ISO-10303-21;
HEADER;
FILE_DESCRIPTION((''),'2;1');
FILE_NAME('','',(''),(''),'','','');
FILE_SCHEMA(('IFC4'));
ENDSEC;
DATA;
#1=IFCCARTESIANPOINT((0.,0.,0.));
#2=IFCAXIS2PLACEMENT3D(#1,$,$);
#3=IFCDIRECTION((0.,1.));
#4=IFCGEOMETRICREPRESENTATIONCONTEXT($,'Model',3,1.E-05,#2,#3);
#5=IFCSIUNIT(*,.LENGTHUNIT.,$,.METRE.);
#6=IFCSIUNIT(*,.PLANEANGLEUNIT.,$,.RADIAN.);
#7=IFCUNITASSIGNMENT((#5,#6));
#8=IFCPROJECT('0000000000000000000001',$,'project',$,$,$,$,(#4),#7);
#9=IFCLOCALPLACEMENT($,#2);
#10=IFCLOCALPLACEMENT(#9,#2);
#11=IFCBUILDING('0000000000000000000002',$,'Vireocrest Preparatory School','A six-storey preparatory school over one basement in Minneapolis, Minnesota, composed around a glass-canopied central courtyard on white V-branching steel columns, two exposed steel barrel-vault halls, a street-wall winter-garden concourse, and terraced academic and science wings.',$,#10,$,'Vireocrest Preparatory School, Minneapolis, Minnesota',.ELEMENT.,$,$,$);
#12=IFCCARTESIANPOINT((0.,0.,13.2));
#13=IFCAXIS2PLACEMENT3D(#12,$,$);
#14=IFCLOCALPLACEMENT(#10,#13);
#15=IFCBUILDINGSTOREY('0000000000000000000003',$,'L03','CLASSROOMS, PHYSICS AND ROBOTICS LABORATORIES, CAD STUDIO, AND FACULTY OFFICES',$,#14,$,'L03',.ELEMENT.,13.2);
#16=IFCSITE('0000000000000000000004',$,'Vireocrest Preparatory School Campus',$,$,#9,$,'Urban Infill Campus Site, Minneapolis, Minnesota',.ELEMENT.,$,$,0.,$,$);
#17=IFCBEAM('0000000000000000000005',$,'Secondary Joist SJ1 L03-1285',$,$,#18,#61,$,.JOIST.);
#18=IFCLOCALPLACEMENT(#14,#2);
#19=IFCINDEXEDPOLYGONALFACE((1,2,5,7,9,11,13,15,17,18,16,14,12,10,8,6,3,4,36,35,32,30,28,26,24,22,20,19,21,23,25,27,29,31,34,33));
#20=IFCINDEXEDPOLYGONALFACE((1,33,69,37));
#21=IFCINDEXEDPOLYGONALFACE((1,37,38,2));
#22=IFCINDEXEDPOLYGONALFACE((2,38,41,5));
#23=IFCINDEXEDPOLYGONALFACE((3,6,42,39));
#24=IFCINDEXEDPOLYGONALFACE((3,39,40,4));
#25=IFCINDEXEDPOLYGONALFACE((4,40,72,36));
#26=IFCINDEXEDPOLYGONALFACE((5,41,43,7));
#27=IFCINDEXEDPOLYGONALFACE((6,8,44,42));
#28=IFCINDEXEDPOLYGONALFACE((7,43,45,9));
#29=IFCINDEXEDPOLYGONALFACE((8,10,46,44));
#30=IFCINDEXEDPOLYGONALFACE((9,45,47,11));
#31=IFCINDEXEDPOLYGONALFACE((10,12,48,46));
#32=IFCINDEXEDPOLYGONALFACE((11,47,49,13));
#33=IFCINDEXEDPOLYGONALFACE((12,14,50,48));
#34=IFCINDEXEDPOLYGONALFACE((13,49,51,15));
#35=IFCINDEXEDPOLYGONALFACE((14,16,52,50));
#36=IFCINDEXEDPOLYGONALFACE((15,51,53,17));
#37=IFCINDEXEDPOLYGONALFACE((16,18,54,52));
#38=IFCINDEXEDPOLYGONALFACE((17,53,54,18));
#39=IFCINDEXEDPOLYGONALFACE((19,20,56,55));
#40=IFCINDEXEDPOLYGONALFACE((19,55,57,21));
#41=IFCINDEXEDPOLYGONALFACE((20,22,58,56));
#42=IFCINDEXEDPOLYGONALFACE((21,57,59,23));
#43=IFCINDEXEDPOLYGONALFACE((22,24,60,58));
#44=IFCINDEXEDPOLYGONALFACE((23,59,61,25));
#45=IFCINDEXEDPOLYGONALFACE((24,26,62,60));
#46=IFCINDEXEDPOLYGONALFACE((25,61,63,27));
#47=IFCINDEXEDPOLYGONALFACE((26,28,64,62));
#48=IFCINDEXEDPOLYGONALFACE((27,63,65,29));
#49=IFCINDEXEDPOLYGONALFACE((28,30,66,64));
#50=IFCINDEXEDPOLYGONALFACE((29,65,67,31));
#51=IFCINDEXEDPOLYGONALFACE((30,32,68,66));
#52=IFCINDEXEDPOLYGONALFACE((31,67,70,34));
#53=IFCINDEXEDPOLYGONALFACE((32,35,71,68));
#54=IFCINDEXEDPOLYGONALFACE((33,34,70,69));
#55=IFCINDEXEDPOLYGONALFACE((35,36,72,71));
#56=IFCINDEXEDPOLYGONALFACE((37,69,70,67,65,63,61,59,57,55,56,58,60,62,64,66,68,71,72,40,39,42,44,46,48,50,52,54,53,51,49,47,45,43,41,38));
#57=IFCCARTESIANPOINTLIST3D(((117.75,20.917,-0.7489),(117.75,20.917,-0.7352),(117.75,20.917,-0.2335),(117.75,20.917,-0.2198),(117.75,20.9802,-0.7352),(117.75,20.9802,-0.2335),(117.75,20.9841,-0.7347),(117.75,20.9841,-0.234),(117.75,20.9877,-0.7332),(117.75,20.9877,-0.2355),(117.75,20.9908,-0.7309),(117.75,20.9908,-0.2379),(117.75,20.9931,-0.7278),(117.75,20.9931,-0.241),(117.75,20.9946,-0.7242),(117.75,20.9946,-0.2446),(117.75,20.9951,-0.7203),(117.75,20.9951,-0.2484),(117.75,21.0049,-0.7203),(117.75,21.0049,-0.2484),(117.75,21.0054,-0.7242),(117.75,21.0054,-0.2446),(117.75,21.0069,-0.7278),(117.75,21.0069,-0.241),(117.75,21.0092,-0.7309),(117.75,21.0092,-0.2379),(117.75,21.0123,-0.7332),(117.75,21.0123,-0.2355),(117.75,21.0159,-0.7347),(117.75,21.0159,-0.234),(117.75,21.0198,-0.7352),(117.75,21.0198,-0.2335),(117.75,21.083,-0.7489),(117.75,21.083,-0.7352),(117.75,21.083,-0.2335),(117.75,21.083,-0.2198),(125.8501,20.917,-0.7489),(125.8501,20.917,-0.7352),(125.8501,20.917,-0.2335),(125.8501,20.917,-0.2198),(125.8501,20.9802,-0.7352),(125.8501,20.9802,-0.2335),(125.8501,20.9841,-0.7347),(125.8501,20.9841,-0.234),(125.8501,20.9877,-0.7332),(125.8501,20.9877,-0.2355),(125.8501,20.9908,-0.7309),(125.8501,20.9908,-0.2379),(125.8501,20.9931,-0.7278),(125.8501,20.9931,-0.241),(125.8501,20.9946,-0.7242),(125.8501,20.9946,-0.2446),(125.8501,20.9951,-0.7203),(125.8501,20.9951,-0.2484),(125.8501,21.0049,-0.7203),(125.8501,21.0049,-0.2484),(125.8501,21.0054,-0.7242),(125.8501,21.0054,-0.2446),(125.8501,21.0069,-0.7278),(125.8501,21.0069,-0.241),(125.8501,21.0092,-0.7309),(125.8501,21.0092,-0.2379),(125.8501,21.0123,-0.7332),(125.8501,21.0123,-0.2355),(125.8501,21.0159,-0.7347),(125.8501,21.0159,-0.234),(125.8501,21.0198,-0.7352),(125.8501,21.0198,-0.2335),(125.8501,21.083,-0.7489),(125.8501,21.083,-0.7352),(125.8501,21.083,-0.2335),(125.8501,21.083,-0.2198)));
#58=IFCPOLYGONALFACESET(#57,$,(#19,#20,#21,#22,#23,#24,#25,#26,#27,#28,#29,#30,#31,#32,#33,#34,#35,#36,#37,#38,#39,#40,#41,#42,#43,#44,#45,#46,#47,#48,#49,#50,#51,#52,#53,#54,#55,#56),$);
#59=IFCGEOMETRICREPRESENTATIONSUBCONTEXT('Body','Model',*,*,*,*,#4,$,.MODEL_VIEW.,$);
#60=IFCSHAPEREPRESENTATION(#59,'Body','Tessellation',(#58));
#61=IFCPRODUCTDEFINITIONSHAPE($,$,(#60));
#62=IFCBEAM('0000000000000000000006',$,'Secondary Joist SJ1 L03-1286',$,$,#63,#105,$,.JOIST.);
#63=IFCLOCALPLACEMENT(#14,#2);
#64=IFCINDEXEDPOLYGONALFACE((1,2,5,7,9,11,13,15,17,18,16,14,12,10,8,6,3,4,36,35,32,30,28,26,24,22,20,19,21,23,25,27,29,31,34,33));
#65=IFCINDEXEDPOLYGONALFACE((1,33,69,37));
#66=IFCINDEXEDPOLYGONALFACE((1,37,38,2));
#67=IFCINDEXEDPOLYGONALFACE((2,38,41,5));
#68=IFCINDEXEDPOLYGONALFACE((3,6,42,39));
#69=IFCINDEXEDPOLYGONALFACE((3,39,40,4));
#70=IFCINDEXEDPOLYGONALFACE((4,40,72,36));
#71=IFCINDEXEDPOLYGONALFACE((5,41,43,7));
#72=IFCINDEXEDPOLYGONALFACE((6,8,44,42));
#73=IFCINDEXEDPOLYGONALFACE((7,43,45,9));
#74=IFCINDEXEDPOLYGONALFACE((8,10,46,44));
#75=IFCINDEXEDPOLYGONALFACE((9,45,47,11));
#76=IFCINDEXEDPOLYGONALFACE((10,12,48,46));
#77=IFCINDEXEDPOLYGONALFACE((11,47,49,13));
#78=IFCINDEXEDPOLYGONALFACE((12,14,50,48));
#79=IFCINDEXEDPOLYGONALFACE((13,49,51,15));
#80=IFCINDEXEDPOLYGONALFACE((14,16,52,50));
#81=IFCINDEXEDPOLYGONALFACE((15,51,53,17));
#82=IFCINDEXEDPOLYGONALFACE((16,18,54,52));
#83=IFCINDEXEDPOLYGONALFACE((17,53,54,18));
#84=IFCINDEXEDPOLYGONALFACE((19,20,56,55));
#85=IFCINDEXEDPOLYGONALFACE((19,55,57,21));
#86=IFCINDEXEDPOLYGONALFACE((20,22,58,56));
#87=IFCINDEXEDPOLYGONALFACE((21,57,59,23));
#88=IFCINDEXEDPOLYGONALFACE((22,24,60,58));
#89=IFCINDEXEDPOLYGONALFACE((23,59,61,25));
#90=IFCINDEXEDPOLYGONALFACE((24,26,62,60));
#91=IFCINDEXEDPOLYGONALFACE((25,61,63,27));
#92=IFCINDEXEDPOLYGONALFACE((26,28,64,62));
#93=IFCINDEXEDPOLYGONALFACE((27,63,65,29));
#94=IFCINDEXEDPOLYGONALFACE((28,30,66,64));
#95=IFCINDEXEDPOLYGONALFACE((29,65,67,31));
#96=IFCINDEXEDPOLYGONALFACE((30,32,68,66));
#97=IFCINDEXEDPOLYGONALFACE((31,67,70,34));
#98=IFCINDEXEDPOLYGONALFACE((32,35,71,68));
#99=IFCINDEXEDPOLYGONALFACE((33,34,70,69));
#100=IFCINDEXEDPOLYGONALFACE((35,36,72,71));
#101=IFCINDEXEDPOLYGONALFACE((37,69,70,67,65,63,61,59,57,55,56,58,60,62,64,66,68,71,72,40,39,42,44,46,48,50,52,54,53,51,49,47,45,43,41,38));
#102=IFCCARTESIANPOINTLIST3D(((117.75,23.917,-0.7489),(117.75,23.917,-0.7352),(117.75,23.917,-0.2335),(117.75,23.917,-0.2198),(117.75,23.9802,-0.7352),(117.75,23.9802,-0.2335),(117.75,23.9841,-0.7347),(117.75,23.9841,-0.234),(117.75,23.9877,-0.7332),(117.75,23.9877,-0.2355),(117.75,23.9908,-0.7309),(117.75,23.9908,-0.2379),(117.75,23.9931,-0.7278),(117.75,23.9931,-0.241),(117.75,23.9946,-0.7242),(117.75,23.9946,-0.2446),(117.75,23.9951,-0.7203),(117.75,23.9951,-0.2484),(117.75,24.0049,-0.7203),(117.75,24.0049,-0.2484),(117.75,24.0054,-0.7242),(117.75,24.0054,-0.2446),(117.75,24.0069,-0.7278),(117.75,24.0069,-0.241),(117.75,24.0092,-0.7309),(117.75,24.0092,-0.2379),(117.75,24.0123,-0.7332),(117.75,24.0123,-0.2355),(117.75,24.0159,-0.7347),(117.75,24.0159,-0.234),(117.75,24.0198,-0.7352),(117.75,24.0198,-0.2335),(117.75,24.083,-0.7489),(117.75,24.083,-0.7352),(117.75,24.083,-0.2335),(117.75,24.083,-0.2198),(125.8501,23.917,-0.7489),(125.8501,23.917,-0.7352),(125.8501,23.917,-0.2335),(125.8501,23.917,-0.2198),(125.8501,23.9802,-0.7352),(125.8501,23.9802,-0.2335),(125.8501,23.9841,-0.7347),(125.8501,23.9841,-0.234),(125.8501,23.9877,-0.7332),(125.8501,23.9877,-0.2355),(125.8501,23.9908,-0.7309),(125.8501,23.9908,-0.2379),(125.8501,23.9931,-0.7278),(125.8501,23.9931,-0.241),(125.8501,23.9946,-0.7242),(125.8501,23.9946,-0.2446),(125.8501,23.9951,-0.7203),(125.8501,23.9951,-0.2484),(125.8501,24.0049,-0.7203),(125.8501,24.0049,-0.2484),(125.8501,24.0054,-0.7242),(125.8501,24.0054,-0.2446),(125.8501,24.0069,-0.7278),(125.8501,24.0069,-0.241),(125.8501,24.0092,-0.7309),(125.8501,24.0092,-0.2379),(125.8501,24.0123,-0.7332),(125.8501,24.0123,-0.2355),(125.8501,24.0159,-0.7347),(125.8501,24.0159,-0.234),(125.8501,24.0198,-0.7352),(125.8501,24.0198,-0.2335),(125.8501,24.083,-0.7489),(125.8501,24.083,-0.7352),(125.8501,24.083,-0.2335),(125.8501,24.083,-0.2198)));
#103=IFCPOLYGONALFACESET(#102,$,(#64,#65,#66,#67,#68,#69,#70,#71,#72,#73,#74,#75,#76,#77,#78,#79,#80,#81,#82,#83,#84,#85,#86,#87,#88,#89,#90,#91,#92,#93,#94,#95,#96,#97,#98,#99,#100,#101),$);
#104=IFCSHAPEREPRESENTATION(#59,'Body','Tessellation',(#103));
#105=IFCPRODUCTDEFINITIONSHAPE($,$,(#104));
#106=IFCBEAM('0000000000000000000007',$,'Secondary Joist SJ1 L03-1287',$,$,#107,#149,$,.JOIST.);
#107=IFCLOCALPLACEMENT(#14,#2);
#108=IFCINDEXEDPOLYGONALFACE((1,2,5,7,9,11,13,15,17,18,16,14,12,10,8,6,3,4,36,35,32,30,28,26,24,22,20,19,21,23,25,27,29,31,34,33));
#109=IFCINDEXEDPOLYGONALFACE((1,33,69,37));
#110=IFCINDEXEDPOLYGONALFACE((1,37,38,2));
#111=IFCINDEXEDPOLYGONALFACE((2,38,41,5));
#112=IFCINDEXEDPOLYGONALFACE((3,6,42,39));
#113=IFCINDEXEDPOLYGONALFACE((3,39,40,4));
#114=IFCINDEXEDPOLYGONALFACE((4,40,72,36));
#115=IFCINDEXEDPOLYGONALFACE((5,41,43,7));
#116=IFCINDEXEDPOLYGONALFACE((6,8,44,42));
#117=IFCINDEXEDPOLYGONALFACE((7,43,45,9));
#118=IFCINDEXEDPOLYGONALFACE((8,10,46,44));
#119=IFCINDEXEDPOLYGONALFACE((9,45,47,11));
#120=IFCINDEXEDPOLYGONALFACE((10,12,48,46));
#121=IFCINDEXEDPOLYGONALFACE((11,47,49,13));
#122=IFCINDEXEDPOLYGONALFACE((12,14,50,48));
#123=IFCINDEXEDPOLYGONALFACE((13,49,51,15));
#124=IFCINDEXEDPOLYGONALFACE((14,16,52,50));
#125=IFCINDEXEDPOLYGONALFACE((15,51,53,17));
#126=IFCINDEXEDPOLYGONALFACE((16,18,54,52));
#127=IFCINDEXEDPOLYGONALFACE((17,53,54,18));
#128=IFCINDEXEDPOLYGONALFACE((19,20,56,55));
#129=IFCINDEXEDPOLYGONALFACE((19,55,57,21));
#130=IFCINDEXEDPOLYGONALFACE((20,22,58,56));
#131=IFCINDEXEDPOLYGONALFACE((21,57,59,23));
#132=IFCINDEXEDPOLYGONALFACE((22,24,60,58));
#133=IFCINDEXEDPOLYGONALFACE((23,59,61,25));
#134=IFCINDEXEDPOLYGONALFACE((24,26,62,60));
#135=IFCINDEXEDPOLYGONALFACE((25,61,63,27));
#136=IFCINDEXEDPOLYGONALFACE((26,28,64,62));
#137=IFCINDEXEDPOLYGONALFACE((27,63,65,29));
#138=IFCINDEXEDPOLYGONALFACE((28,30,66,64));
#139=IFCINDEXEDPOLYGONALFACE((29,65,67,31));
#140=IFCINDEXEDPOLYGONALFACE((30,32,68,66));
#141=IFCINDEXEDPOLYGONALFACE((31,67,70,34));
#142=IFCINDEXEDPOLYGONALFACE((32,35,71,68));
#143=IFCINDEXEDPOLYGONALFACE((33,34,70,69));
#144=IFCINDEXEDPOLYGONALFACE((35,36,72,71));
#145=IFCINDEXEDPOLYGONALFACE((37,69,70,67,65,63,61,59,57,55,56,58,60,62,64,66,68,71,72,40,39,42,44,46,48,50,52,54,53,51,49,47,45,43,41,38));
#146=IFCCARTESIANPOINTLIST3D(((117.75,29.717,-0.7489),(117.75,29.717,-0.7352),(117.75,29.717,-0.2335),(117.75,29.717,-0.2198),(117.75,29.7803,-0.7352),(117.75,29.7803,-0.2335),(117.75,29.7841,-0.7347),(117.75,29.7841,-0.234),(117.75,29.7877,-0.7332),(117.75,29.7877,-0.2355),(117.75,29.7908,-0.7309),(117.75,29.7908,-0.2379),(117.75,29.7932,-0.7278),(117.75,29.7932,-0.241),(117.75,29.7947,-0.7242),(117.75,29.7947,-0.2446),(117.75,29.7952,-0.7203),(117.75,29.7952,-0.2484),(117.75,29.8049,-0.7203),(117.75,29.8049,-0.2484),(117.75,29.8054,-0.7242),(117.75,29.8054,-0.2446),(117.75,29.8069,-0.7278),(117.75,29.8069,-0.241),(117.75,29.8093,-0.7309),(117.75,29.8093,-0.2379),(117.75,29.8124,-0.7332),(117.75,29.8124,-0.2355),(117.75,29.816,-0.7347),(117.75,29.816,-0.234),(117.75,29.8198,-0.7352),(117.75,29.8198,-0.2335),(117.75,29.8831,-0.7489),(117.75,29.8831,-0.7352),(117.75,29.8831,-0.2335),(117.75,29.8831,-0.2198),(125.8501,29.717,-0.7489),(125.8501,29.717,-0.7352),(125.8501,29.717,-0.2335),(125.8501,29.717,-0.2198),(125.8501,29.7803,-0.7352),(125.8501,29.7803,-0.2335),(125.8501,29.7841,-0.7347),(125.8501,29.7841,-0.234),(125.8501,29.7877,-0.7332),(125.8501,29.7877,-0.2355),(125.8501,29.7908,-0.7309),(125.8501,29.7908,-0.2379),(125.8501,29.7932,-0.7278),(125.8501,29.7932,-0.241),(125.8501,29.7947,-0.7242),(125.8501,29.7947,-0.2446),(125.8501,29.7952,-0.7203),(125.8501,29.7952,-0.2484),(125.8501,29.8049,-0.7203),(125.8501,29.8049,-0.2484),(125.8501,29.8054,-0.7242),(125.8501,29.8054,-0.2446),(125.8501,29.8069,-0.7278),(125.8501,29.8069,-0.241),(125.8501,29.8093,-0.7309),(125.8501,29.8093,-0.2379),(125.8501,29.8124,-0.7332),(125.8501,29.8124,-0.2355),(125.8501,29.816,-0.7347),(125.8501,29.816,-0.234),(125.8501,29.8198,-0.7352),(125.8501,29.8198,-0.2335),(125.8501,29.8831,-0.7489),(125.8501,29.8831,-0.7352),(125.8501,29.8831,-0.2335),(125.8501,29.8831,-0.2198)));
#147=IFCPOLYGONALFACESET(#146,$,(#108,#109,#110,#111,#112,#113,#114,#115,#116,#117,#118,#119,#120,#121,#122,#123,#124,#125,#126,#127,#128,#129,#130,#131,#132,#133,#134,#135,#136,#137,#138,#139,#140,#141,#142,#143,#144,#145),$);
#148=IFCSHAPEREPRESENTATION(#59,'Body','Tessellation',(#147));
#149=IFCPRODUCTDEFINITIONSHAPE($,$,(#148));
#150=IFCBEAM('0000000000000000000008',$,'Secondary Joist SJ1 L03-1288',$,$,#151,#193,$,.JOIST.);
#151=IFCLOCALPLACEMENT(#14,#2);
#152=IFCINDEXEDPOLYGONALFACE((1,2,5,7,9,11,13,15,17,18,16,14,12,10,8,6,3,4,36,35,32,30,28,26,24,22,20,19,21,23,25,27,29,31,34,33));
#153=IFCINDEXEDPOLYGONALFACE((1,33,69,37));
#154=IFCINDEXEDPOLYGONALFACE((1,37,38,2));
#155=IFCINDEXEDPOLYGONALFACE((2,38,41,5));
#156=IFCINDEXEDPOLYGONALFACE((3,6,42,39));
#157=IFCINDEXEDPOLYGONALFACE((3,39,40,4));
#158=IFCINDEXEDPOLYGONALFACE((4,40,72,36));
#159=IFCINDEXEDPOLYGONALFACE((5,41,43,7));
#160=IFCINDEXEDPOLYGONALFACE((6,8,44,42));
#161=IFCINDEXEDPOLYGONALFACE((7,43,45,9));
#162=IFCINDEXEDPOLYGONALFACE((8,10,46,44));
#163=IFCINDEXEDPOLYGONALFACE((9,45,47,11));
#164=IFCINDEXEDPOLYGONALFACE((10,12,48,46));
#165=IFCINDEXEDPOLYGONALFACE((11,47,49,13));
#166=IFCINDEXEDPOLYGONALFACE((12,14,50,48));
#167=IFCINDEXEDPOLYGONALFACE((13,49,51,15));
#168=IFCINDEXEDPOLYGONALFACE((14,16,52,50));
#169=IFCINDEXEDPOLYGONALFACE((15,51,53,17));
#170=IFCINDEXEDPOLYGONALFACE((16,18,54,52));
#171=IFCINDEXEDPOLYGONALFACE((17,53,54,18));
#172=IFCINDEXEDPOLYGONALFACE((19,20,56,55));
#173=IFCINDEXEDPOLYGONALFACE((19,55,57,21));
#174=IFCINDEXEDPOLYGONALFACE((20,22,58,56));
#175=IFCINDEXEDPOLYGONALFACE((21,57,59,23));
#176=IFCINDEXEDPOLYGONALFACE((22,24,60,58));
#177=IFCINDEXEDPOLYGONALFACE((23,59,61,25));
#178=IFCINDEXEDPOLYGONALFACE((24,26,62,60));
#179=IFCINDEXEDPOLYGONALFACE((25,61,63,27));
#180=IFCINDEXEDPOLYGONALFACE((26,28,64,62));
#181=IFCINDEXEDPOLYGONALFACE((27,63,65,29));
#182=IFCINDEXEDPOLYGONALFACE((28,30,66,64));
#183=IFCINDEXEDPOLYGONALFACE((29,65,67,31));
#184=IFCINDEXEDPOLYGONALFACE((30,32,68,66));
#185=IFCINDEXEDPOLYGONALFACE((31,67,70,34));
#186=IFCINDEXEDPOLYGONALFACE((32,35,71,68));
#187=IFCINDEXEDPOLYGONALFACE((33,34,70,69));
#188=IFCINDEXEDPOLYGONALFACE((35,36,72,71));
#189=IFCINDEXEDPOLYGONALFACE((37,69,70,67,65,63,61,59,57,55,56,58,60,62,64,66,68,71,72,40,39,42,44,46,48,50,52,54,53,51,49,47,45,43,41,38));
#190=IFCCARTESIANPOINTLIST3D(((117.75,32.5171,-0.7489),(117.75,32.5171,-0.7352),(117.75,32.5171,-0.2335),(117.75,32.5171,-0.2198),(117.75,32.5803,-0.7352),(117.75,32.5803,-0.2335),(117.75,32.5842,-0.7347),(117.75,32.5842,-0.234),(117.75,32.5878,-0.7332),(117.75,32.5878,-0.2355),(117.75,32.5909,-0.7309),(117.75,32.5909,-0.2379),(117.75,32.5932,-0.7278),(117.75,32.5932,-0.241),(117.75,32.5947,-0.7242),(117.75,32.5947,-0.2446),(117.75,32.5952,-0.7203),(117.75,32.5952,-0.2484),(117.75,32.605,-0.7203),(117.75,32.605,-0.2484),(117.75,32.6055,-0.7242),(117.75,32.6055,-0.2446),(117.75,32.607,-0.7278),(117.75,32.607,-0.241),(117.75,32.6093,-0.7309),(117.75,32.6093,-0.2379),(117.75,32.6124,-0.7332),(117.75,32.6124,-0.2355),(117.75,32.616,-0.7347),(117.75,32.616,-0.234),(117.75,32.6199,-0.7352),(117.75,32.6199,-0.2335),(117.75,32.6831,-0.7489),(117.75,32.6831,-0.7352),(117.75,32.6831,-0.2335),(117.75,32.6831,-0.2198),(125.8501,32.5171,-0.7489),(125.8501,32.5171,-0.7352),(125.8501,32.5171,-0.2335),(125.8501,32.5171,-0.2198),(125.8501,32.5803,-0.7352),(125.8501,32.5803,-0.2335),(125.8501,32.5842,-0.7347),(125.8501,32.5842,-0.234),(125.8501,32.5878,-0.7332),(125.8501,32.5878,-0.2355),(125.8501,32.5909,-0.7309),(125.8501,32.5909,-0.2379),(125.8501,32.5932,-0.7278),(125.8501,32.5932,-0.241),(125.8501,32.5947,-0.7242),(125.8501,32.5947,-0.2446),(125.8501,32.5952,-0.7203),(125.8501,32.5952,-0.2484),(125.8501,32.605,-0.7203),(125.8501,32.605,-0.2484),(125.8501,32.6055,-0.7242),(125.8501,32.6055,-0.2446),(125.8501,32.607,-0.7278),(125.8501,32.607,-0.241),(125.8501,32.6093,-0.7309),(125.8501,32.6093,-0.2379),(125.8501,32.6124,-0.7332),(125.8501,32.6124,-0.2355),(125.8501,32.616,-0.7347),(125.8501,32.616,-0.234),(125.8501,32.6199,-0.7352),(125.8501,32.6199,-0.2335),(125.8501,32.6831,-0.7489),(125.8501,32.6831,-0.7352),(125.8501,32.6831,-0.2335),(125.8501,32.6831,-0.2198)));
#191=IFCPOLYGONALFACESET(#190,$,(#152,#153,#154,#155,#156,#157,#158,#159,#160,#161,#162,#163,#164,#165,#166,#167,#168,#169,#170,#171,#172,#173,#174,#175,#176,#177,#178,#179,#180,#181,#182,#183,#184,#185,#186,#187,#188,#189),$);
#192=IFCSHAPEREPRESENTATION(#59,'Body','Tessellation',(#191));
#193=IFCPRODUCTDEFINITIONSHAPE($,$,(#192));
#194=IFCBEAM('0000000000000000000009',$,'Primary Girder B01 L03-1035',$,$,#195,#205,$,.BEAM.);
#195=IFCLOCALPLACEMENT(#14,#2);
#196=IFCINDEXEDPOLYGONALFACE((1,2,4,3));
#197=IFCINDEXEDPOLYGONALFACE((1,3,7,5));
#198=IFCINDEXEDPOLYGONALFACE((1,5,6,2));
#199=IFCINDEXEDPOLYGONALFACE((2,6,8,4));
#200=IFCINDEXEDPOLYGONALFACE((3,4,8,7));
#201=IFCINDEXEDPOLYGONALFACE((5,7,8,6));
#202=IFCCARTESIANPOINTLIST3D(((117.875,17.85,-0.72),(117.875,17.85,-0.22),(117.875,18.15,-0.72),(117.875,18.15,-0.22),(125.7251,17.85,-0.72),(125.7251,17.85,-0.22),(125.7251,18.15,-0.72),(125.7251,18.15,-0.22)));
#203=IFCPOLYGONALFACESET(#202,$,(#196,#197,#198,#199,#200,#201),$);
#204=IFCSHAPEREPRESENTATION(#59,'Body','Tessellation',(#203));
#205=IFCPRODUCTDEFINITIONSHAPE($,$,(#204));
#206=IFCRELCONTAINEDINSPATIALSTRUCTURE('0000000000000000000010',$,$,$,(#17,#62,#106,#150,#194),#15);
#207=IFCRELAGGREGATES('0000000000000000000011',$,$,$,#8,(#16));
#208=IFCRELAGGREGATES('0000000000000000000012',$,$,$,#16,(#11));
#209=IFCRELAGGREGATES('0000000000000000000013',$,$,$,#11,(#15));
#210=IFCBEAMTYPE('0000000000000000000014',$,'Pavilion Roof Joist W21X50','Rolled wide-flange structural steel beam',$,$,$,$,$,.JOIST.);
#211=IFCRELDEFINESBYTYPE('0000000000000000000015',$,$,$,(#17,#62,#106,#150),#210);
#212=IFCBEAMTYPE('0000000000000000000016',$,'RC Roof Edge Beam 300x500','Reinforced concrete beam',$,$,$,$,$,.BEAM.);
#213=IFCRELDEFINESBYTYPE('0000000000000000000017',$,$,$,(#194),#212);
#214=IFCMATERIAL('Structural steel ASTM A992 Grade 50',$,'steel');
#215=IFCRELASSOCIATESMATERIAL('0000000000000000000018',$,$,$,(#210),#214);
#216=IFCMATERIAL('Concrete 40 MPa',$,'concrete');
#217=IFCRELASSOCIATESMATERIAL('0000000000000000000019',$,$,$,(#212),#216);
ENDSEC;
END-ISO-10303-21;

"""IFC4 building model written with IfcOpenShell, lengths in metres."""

from ifc_helpers import new_model, si_unit, direction, frame, origin, origin_2d, place, context, subcontext, project, spatial, rectangle, i_section, extrude, material, material_profile, profile_set, type_object, element, save


model = new_model("IFC4")

# Units and contexts
model_context = context("Model", 3, precision=1e-05, world=origin(), true_north=direction((0.0, 1.0)))
body_context = subcontext(model_context, "Body", "Model", "MODEL_VIEW")
ifc_project = project(units=[si_unit("LENGTHUNIT", "METRE"), si_unit("PLANEANGLEUNIT", "RADIAN")], contexts=[model_context])

# Site, building, storey
site_placement = place(None, origin())
site = spatial("IfcSite", under=ifc_project, at=site_placement, Name="Vireocrest Preparatory School Campus", LongName="Urban Infill Campus Site, Minneapolis, Minnesota", CompositionType="ELEMENT", RefElevation=0.0)
building_placement = place(site_placement, origin())
building = spatial("IfcBuilding", under=site, at=building_placement, Name="Vireocrest Preparatory School", Description="A six-storey preparatory school over one basement in Minneapolis, Minnesota, composed around a glass-canopied central courtyard on white V-branching steel columns, two exposed steel barrel-vault halls, a street-wall winter-garden concourse, and terraced academic and science wings.", LongName="Vireocrest Preparatory School, Minneapolis, Minnesota", CompositionType="ELEMENT")
storey_placement = place(building_placement, frame((0.0, 0.0, 13.2)))
storey = spatial("IfcBuildingStorey", under=building, at=storey_placement, Name="L03", Description="CLASSROOMS, PHYSICS AND ROBOTICS LABORATORIES, CAD STUDIO, AND FACULTY OFFICES", LongName="L03", CompositionType="ELEMENT", Elevation=13.2)

# Beams
ifc_material_1 = material(Name="Structural steel ASTM A992 Grade 50", Category="steel")
ifc_material_profile_1 = material_profile(ifc_material_1, i_section(OverallWidth=0.166, OverallDepth=0.5291, WebThickness=0.0098, FlangeThickness=0.0137, FilletRadius=0.0149, at=origin_2d()), Name="W21X50")
ifc_profile_set_1 = profile_set([ifc_material_profile_1], Name="Structural steel ASTM A992 Grade 50")
beam_type_1 = type_object("IfcBeamType", Name="Pavilion Roof Joist W21X50", Description="Rolled wide-flange structural steel beam", PredefinedType="JOIST", material=ifc_profile_set_1)
for number, where, z_axis, x_axis, name in (
    (1, (117.75, 21.0, -0.4844), (1.0, 0.0, 0.0), (0.0, 1.0, 0.0), "Secondary Joist SJ1 L03-1285"),
    (2, (117.75, 24.0, -0.4844), (1.0, 0.0, 0.0), (0.0, 1.0, 0.0), "Secondary Joist SJ1 L03-1286"),
    (3, (117.75, 29.8, -0.4844), (1.0, 0.0, 0.0), (0.0, 1.0, 0.0), "Secondary Joist SJ1 L03-1287"),
    (4, (117.75, 32.6001, -0.4844), (1.0, 0.0, 0.0), (0.0, 1.0, 0.0), "Secondary Joist SJ1 L03-1288"),
):
    element("IfcBeam", number, at=place(storey_placement, frame(where, z_axis=z_axis, x_axis=x_axis)), inside=storey, type_object=beam_type_1, Name=name, PredefinedType="JOIST", context=body_context, shape_type="SweptSolid", body=[
        extrude(i_section(OverallWidth=0.166, OverallDepth=0.5291, WebThickness=0.0098, FlangeThickness=0.0137, FilletRadius=0.0149, at=origin_2d()), origin(), (0.0, 0.0, 1.0), 8.1001),
    ])
ifc_material_2 = material(Name="Concrete 40 MPa", Category="concrete")
ifc_material_profile_2 = material_profile(ifc_material_2, rectangle(XDim=0.3, YDim=0.5, at=origin_2d()), Name="RC 300x500")
ifc_profile_set_2 = profile_set([ifc_material_profile_2], Name="Concrete 40 MPa")
beam_type_2 = type_object("IfcBeamType", Name="RC Roof Edge Beam 300x500", Description="Reinforced concrete beam", PredefinedType="BEAM", material=ifc_profile_set_2)
beam_1_placement = place(storey_placement, frame((117.875, 18.0, -0.47), z_axis=(1.0, 0.0, 0.0), x_axis=(0.0, 1.0, 0.0)))
element("IfcBeam", 5, at=beam_1_placement, inside=storey, type_object=beam_type_2, Name="Primary Girder B01 L03-1035", PredefinedType="BEAM", context=body_context, shape_type="SweptSolid", body=[
    extrude(rectangle(XDim=0.3, YDim=0.5, at=origin_2d()), origin(), (0.0, 0.0, 1.0), 7.8501),
])

save(model, "model.ifc")
